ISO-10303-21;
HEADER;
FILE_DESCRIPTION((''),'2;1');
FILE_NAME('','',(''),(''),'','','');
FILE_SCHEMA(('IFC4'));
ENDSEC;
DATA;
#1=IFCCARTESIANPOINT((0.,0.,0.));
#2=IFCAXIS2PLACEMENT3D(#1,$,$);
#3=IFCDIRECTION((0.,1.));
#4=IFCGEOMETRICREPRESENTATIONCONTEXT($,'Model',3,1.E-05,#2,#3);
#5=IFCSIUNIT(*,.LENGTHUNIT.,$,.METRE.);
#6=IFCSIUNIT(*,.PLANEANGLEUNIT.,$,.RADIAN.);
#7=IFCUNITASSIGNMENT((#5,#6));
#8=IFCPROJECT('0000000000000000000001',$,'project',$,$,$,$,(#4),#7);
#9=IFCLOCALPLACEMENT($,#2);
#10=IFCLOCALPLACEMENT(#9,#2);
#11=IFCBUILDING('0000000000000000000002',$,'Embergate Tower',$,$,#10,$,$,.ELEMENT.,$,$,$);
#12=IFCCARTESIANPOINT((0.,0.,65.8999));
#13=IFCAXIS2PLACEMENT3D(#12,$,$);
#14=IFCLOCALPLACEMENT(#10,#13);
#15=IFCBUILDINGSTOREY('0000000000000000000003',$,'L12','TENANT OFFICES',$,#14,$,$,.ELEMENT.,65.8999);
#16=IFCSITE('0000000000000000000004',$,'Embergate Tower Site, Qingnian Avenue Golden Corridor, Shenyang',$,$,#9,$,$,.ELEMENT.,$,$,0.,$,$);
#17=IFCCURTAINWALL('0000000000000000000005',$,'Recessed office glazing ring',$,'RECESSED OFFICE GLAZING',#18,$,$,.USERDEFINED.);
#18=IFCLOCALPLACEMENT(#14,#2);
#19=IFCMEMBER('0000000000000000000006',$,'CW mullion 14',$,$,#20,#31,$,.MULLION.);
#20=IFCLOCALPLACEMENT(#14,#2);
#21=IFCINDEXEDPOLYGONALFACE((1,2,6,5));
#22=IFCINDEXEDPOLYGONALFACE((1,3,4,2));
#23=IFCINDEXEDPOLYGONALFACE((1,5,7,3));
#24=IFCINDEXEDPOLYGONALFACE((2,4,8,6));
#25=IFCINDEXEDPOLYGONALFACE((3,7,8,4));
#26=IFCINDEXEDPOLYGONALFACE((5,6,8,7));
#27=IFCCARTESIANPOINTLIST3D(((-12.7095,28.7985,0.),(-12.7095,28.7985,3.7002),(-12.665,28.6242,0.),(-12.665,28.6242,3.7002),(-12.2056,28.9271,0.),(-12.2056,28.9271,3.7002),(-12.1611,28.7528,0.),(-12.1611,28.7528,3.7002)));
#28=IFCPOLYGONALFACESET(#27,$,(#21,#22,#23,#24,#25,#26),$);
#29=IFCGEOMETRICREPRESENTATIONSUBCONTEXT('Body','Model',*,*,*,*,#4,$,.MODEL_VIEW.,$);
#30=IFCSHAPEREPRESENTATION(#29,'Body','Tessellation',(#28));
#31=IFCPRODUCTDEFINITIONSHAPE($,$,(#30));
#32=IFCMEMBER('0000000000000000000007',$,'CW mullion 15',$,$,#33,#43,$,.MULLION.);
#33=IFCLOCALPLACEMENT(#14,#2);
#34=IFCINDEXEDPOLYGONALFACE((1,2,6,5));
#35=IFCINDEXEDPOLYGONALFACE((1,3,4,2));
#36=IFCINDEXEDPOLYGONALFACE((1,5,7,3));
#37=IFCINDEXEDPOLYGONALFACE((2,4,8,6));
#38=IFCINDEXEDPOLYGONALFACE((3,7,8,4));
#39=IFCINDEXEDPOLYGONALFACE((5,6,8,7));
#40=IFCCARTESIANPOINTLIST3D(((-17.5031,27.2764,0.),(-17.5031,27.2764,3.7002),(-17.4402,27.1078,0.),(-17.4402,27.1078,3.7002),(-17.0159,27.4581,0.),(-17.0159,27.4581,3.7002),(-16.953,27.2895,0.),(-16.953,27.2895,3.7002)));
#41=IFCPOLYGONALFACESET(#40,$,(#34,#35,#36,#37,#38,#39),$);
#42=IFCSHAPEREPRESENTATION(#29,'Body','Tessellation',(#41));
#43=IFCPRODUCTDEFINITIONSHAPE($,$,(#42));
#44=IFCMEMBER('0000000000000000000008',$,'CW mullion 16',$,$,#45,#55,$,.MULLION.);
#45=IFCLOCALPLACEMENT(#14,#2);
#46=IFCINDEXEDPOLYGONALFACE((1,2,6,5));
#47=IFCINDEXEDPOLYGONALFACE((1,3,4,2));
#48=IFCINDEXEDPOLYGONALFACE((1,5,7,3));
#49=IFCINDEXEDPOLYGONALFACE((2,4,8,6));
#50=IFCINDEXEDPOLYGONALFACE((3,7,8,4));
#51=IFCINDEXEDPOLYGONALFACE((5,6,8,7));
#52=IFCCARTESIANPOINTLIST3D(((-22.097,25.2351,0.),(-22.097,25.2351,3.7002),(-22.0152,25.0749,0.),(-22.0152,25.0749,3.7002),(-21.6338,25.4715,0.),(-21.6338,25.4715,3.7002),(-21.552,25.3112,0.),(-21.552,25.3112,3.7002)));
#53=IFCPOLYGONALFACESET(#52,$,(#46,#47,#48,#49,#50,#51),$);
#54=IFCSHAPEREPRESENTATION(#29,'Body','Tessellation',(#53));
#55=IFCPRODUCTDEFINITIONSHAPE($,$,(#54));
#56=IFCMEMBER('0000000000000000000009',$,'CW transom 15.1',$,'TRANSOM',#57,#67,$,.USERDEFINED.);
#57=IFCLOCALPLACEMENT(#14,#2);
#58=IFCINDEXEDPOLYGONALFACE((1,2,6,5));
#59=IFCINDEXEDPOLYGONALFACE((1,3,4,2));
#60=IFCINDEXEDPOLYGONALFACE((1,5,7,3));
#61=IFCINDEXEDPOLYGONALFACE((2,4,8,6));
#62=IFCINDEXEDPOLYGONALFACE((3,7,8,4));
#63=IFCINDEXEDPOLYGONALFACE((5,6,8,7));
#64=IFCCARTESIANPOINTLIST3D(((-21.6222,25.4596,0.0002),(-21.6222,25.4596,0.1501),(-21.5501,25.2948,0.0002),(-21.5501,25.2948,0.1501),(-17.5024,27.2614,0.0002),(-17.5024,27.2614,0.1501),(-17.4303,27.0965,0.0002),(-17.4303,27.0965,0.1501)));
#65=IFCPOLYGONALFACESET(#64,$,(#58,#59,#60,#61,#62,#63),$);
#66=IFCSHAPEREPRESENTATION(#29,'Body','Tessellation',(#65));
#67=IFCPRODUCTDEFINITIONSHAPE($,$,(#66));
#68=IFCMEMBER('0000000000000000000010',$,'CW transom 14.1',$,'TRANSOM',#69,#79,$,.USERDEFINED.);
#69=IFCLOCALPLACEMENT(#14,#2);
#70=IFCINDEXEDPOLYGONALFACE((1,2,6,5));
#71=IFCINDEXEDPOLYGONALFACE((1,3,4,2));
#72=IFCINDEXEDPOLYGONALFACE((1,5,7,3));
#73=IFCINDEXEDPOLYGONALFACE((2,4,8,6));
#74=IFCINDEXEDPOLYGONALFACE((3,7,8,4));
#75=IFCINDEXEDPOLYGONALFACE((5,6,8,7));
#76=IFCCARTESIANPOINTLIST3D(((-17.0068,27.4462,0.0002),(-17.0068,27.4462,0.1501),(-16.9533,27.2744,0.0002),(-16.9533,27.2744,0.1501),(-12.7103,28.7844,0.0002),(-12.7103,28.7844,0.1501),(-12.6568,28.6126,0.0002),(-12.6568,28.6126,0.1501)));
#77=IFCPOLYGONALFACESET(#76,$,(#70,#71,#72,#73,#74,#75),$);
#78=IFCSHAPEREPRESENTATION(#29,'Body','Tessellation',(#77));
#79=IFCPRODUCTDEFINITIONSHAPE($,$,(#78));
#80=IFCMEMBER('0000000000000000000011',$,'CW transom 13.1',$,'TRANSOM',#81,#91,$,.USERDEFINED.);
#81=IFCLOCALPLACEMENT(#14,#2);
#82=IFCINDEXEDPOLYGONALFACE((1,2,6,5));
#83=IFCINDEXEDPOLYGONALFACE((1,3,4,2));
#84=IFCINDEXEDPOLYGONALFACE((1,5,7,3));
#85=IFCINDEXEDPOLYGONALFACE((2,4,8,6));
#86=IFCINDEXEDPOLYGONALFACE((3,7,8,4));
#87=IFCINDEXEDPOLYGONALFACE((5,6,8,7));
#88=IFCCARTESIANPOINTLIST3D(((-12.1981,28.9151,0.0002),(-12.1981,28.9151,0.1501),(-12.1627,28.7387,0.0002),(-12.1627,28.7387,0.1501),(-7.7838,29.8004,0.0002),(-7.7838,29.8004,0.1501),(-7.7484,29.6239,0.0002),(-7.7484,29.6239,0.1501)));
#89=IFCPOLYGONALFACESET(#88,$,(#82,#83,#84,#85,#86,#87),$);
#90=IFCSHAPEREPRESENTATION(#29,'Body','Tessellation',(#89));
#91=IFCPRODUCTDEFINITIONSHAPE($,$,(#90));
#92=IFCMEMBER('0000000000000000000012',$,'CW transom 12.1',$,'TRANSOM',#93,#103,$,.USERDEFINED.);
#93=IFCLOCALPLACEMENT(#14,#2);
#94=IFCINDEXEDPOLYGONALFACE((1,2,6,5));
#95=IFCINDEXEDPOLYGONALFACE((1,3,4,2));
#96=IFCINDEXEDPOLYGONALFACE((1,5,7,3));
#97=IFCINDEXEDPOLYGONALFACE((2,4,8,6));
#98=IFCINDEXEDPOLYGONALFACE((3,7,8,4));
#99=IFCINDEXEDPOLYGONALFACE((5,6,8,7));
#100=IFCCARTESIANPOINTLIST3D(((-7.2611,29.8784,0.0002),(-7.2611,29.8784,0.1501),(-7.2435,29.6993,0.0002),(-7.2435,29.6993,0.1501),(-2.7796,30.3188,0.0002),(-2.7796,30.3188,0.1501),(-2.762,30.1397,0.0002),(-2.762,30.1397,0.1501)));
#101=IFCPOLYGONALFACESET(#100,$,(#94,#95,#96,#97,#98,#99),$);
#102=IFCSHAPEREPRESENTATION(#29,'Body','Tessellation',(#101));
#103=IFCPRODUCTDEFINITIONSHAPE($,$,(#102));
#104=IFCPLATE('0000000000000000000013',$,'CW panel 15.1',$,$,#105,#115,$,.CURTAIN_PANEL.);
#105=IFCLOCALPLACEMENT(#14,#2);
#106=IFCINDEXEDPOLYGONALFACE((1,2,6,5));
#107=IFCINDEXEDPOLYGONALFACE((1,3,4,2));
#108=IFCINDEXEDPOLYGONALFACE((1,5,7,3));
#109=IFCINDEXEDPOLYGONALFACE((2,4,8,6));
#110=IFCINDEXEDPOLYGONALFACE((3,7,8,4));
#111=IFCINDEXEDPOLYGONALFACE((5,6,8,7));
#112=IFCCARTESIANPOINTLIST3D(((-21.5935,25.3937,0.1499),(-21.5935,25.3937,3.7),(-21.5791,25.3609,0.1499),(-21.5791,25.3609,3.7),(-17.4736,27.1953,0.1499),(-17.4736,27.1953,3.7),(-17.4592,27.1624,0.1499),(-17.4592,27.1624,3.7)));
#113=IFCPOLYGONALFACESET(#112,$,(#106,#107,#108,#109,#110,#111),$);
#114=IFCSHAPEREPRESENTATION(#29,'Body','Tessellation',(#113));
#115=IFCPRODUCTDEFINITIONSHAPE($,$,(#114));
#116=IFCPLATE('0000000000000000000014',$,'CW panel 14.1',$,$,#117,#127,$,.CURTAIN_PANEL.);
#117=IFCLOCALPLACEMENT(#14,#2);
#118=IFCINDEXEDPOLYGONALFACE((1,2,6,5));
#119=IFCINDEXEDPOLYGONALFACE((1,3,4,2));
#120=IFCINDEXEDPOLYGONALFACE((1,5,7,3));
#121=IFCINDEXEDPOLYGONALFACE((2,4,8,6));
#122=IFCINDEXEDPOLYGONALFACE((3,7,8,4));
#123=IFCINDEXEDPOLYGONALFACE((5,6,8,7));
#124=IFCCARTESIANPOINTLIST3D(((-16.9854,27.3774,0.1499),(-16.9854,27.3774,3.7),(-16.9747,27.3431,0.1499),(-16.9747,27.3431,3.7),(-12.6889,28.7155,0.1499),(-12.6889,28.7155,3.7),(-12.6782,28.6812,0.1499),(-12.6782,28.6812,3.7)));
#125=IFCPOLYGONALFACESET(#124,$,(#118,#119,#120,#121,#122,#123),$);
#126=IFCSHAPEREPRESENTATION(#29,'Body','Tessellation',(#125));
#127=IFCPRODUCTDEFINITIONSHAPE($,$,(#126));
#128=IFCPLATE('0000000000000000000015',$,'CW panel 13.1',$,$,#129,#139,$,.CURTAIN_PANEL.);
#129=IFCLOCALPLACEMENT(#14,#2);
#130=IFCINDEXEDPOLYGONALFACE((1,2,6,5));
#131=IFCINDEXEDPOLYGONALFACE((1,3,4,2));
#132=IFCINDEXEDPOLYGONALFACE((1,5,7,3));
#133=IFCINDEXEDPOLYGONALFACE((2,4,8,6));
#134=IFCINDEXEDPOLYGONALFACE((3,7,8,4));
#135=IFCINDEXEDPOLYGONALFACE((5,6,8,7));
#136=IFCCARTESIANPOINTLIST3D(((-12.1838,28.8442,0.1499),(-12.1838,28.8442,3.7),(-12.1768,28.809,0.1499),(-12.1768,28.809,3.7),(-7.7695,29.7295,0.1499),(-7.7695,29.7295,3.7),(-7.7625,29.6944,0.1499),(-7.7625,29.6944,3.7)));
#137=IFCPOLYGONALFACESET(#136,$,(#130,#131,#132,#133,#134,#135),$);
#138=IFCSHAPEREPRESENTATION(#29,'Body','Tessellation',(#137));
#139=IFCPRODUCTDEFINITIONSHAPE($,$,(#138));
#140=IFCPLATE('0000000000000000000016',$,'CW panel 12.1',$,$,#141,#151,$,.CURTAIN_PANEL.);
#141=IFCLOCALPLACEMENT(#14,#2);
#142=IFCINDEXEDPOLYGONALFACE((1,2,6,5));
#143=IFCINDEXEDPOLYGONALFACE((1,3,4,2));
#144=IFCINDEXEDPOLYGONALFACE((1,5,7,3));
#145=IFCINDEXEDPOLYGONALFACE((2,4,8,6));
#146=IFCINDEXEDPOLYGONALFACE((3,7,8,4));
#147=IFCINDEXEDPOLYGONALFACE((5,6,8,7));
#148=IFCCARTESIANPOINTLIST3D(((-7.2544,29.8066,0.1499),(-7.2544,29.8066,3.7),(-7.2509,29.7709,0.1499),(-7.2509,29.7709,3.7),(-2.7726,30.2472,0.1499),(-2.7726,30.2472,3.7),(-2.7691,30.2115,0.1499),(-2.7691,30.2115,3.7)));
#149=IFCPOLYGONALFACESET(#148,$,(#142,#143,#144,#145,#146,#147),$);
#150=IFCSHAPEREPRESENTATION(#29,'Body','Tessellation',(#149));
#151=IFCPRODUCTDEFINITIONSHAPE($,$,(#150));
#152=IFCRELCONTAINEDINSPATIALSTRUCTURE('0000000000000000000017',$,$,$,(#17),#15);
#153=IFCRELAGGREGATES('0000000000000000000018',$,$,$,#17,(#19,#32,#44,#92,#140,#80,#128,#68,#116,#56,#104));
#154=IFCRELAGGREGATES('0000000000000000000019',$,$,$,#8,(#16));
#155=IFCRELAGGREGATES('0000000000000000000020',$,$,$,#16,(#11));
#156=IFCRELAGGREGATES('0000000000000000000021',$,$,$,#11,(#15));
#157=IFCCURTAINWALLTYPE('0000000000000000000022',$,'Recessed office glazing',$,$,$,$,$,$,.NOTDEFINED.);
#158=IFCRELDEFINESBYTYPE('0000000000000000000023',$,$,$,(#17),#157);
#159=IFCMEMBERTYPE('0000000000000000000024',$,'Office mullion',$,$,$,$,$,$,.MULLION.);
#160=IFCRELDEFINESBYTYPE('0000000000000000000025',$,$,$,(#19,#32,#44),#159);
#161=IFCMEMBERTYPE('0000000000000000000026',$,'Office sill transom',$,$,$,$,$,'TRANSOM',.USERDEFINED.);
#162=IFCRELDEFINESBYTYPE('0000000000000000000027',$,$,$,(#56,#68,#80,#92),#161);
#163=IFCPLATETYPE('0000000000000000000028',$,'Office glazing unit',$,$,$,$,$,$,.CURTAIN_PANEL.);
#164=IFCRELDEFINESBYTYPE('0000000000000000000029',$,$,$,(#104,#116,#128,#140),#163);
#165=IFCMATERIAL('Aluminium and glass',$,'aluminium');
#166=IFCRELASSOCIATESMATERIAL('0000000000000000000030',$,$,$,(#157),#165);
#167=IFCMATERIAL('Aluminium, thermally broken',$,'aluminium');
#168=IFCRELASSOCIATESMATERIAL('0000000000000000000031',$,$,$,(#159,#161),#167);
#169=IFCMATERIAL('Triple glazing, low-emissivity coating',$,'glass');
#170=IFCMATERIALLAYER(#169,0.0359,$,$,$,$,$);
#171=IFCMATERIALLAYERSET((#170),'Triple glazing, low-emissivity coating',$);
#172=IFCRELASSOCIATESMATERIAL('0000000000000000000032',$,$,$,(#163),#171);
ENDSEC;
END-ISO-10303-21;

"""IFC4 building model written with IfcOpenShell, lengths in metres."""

from ifc_helpers import new_model, si_unit, direction, frame, origin, origin_2d, place, context, subcontext, project, spatial, rectangle, extrude, source, transform, mapped, material, layer, layer_set, material_profile, profile_set, type_object, element, aggregate, save


model = new_model("IFC4")

# Units and contexts
model_context = context("Model", 3, precision=1e-05, world=origin(), true_north=direction((0.0, 1.0)))
body_context = subcontext(model_context, "Body", "Model", "MODEL_VIEW")
ifc_project = project(units=[si_unit("LENGTHUNIT", "METRE"), si_unit("PLANEANGLEUNIT", "RADIAN")], contexts=[model_context])

# Site, building, storey
site_placement = place(None, origin())
site = spatial("IfcSite", under=ifc_project, at=site_placement, Name="Embergate Tower Site, Qingnian Avenue Golden Corridor, Shenyang", CompositionType="ELEMENT", RefElevation=0.0)
building_placement = place(site_placement, origin())
building = spatial("IfcBuilding", under=site, at=building_placement, Name="Embergate Tower", CompositionType="ELEMENT")
storey_placement = place(building_placement, frame((0.0, 0.0, 65.8999)))
storey = spatial("IfcBuildingStorey", under=building, at=storey_placement, Name="L12", Description="TENANT OFFICES", CompositionType="ELEMENT", Elevation=65.8999)

# Curtain wall, members, plates
ifc_material_1 = material(Name="Aluminium and glass", Category="aluminium")
curtain_wall_type = type_object("IfcCurtainWallType", Name="Recessed office glazing", PredefinedType="NOTDEFINED", material=ifc_material_1)
curtain_wall_placement = place(storey_placement, origin())
curtain_wall = element("IfcCurtainWall", 1, at=curtain_wall_placement, inside=storey, type_object=curtain_wall_type, Name="Recessed office glazing ring", ObjectType="RECESSED OFFICE GLAZING", PredefinedType="USERDEFINED")
ifc_material_2 = material(Name="Aluminium, thermally broken", Category="aluminium")
ifc_material_profile_1 = material_profile(ifc_material_2, rectangle(XDim=0.1799, YDim=0.52, at=origin_2d()), Name="AL 520x180")
ifc_profile_set_1 = profile_set([ifc_material_profile_1], Name="Aluminium, thermally broken")
member_type_1 = type_object("IfcMemberType", Name="Office mullion", PredefinedType="MULLION", material=ifc_profile_set_1)
shared_shape_1 = source(origin(), body_context, "Body", "SweptSolid", [
    extrude(rectangle(XDim=0.1799, YDim=0.52, at=origin_2d()), origin(), (0.0, 0.0, 1.0), 3.7002),
])
member_1_placement = place(storey_placement, frame((-12.4353, 28.7756, 0.0), z_axis=(0.0, 0.0, 1.0), x_axis=(0.247319, -0.968934, 0.0)))
member_1 = element("IfcMember", 2, at=member_1_placement, type_object=member_type_1, Name="CW mullion 14", PredefinedType="MULLION", context=body_context, shape_type="MappedRepresentation", body=[
    mapped(shared_shape_1, transform((0.0, 0.0, 0.0))),
])
member_2_placement = place(storey_placement, frame((-17.228, 27.283, 0.0), z_axis=(0.0, 0.0, 1.0), x_axis=(0.349511, -0.936932, 0.0)))
member_2 = element("IfcMember", 3, at=member_2_placement, type_object=member_type_1, Name="CW mullion 15", PredefinedType="MULLION", context=body_context, shape_type="MappedRepresentation", body=[
    mapped(shared_shape_1, transform((0.0, 0.0, 0.0))),
])
member_3_placement = place(storey_placement, frame((-21.8245, 25.2732, 0.0), z_axis=(0.0, 0.0, 1.0), x_axis=(0.454521, -0.890736, 0.0)))
member_3 = element("IfcMember", 4, at=member_3_placement, type_object=member_type_1, Name="CW mullion 16", PredefinedType="MULLION", context=body_context, shape_type="MappedRepresentation", body=[
    mapped(shared_shape_1, transform((0.0, 0.0, 0.0))),
])
ifc_material_profile_2 = material_profile(ifc_material_2, rectangle(XDim=0.1799, YDim=0.1499, at=origin_2d()), Name="AL 150x180")
ifc_profile_set_2 = profile_set([ifc_material_profile_2], Name="Aluminium, thermally broken")
member_type_2 = type_object("IfcMemberType", Name="Office sill transom", ElementType="TRANSOM", PredefinedType="USERDEFINED", material=ifc_profile_set_2)
shared_shape_2 = source(origin(), body_context, "Body", "SweptSolid", [
    extrude(rectangle(XDim=0.1799, YDim=0.1499, at=origin_2d()), origin(), (0.0, 0.0, 1.0), 4.4966),
])
member_4_placement = place(storey_placement, frame((-17.4663, 27.179, 0.0752), z_axis=(-0.916213, -0.400691, 0.0), x_axis=(0.400691, -0.916213, 0.0)))
member_4 = element("IfcMember", 5, at=member_4_placement, type_object=member_type_2, Name="CW transom 15.1", ObjectType="TRANSOM", PredefinedType="USERDEFINED", context=body_context, shape_type="MappedRepresentation", body=[
    mapped(shared_shape_2, transform((0.0, 0.0, 0.0))),
])
shared_shape_3 = source(origin(), body_context, "Body", "SweptSolid", [
    extrude(rectangle(XDim=0.1799, YDim=0.1499, at=origin_2d()), origin(), (0.0, 0.0, 1.0), 4.5),
])
member_5_placement = place(storey_placement, frame((-12.6836, 28.6985, 0.0752), z_axis=(-0.954763, -0.297367, 0.0), x_axis=(0.297367, -0.954763, 0.0)))
member_5 = element("IfcMember", 6, at=member_5_placement, type_object=member_type_2, Name="CW transom 14.1", ObjectType="TRANSOM", PredefinedType="USERDEFINED", context=body_context, shape_type="MappedRepresentation", body=[
    mapped(shared_shape_3, transform((0.0, 0.0, 0.0))),
])
shared_shape_4 = source(origin(), body_context, "Body", "SweptSolid", [
    extrude(rectangle(XDim=0.1799, YDim=0.1499, at=origin_2d()), origin(), (0.0, 0.0, 1.0), 4.5022),
])
member_6_placement = place(storey_placement, frame((-7.7661, 29.7122, 0.0752), z_axis=(-0.980478, -0.196627, 0.0), x_axis=(0.196627, -0.980478, 0.0)))
member_6 = element("IfcMember", 7, at=member_6_placement, type_object=member_type_2, Name="CW transom 13.1", ObjectType="TRANSOM", PredefinedType="USERDEFINED", context=body_context, shape_type="MappedRepresentation", body=[
    mapped(shared_shape_4, transform((0.0, 0.0, 0.0))),
])
shared_shape_5 = source(origin(), body_context, "Body", "SweptSolid", [
    extrude(rectangle(XDim=0.1799, YDim=0.1499, at=origin_2d()), origin(), (0.0, 0.0, 1.0), 4.5032),
])
member_7_placement = place(storey_placement, frame((-2.7708, 30.2292, 0.0752), z_axis=(-0.995206, -0.097802, 0.0), x_axis=(0.097802, -0.995206, 0.0)))
member_7 = element("IfcMember", 8, at=member_7_placement, type_object=member_type_2, Name="CW transom 12.1", ObjectType="TRANSOM", PredefinedType="USERDEFINED", context=body_context, shape_type="MappedRepresentation", body=[
    mapped(shared_shape_5, transform((0.0, 0.0, 0.0))),
])
ifc_material_3 = material(Name="Triple glazing, low-emissivity coating", Category="glass")
ifc_layer_1 = layer(ifc_material_3, 0.0359)
ifc_layer_set_1 = layer_set([ifc_layer_1], Name="Triple glazing, low-emissivity coating")
plate_type = type_object("IfcPlateType", Name="Office glazing unit", PredefinedType="CURTAIN_PANEL", material=ifc_layer_set_1)
shared_shape_6 = source(origin(), body_context, "Body", "SweptSolid", [
    extrude(rectangle(XDim=4.4966, YDim=0.0359, at=origin_2d()), origin(), (0.0, 0.0, 1.0), 3.55),
])
plate_1_placement = place(storey_placement, frame((-19.5264, 26.2781, 0.1499), z_axis=(0.0, 0.0, 1.0), x_axis=(-0.916233, -0.400646, 0.0)))
plate_1 = element("IfcPlate", 9, at=plate_1_placement, type_object=plate_type, Name="CW panel 15.1", PredefinedType="CURTAIN_PANEL", context=body_context, shape_type="MappedRepresentation", body=[
    mapped(shared_shape_6, transform((0.0, 0.0, 0.0))),
])
shared_shape_7 = source(origin(), body_context, "Body", "SweptSolid", [
    extrude(rectangle(XDim=4.5, YDim=0.0359, at=origin_2d()), origin(), (0.0, 0.0, 1.0), 3.55),
])
plate_2_placement = place(storey_placement, frame((-14.8318, 28.0293, 0.1499), z_axis=(0.0, 0.0, 1.0), x_axis=(-0.95477, -0.297345, 0.0)))
plate_2 = element("IfcPlate", 10, at=plate_2_placement, type_object=plate_type, Name="CW panel 14.1", PredefinedType="CURTAIN_PANEL", context=body_context, shape_type="MappedRepresentation", body=[
    mapped(shared_shape_7, transform((0.0, 0.0, 0.0))),
])
shared_shape_8 = source(origin(), body_context, "Body", "SweptSolid", [
    extrude(rectangle(XDim=4.5022, YDim=0.0359, at=origin_2d()), origin(), (0.0, 0.0, 1.0), 3.55),
])
plate_3_placement = place(storey_placement, frame((-9.9731, 29.2693, 0.1499), z_axis=(0.0, 0.0, 1.0), x_axis=(-0.980475, -0.196644, 0.0)))
plate_3 = element("IfcPlate", 11, at=plate_3_placement, type_object=plate_type, Name="CW panel 13.1", PredefinedType="CURTAIN_PANEL", context=body_context, shape_type="MappedRepresentation", body=[
    mapped(shared_shape_8, transform((0.0, 0.0, 0.0))),
])
shared_shape_9 = source(origin(), body_context, "Body", "SweptSolid", [
    extrude(rectangle(XDim=4.5034, YDim=0.0359, at=origin_2d()), origin(), (0.0, 0.0, 1.0), 3.55),
])
plate_4_placement = place(storey_placement, frame((-5.0117, 30.009, 0.1499), z_axis=(0.0, 0.0, 1.0), x_axis=(-0.995203, -0.097831, 0.0)))
plate_4 = element("IfcPlate", 12, at=plate_4_placement, type_object=plate_type, Name="CW panel 12.1", PredefinedType="CURTAIN_PANEL", context=body_context, shape_type="MappedRepresentation", body=[
    mapped(shared_shape_9, transform((0.0, 0.0, 0.0))),
])
aggregate(curtain_wall, [member_1, member_2, member_3, member_7, plate_4, member_6, plate_3, member_5, plate_2, member_4, plate_1])

save(model, "model.ifc")
